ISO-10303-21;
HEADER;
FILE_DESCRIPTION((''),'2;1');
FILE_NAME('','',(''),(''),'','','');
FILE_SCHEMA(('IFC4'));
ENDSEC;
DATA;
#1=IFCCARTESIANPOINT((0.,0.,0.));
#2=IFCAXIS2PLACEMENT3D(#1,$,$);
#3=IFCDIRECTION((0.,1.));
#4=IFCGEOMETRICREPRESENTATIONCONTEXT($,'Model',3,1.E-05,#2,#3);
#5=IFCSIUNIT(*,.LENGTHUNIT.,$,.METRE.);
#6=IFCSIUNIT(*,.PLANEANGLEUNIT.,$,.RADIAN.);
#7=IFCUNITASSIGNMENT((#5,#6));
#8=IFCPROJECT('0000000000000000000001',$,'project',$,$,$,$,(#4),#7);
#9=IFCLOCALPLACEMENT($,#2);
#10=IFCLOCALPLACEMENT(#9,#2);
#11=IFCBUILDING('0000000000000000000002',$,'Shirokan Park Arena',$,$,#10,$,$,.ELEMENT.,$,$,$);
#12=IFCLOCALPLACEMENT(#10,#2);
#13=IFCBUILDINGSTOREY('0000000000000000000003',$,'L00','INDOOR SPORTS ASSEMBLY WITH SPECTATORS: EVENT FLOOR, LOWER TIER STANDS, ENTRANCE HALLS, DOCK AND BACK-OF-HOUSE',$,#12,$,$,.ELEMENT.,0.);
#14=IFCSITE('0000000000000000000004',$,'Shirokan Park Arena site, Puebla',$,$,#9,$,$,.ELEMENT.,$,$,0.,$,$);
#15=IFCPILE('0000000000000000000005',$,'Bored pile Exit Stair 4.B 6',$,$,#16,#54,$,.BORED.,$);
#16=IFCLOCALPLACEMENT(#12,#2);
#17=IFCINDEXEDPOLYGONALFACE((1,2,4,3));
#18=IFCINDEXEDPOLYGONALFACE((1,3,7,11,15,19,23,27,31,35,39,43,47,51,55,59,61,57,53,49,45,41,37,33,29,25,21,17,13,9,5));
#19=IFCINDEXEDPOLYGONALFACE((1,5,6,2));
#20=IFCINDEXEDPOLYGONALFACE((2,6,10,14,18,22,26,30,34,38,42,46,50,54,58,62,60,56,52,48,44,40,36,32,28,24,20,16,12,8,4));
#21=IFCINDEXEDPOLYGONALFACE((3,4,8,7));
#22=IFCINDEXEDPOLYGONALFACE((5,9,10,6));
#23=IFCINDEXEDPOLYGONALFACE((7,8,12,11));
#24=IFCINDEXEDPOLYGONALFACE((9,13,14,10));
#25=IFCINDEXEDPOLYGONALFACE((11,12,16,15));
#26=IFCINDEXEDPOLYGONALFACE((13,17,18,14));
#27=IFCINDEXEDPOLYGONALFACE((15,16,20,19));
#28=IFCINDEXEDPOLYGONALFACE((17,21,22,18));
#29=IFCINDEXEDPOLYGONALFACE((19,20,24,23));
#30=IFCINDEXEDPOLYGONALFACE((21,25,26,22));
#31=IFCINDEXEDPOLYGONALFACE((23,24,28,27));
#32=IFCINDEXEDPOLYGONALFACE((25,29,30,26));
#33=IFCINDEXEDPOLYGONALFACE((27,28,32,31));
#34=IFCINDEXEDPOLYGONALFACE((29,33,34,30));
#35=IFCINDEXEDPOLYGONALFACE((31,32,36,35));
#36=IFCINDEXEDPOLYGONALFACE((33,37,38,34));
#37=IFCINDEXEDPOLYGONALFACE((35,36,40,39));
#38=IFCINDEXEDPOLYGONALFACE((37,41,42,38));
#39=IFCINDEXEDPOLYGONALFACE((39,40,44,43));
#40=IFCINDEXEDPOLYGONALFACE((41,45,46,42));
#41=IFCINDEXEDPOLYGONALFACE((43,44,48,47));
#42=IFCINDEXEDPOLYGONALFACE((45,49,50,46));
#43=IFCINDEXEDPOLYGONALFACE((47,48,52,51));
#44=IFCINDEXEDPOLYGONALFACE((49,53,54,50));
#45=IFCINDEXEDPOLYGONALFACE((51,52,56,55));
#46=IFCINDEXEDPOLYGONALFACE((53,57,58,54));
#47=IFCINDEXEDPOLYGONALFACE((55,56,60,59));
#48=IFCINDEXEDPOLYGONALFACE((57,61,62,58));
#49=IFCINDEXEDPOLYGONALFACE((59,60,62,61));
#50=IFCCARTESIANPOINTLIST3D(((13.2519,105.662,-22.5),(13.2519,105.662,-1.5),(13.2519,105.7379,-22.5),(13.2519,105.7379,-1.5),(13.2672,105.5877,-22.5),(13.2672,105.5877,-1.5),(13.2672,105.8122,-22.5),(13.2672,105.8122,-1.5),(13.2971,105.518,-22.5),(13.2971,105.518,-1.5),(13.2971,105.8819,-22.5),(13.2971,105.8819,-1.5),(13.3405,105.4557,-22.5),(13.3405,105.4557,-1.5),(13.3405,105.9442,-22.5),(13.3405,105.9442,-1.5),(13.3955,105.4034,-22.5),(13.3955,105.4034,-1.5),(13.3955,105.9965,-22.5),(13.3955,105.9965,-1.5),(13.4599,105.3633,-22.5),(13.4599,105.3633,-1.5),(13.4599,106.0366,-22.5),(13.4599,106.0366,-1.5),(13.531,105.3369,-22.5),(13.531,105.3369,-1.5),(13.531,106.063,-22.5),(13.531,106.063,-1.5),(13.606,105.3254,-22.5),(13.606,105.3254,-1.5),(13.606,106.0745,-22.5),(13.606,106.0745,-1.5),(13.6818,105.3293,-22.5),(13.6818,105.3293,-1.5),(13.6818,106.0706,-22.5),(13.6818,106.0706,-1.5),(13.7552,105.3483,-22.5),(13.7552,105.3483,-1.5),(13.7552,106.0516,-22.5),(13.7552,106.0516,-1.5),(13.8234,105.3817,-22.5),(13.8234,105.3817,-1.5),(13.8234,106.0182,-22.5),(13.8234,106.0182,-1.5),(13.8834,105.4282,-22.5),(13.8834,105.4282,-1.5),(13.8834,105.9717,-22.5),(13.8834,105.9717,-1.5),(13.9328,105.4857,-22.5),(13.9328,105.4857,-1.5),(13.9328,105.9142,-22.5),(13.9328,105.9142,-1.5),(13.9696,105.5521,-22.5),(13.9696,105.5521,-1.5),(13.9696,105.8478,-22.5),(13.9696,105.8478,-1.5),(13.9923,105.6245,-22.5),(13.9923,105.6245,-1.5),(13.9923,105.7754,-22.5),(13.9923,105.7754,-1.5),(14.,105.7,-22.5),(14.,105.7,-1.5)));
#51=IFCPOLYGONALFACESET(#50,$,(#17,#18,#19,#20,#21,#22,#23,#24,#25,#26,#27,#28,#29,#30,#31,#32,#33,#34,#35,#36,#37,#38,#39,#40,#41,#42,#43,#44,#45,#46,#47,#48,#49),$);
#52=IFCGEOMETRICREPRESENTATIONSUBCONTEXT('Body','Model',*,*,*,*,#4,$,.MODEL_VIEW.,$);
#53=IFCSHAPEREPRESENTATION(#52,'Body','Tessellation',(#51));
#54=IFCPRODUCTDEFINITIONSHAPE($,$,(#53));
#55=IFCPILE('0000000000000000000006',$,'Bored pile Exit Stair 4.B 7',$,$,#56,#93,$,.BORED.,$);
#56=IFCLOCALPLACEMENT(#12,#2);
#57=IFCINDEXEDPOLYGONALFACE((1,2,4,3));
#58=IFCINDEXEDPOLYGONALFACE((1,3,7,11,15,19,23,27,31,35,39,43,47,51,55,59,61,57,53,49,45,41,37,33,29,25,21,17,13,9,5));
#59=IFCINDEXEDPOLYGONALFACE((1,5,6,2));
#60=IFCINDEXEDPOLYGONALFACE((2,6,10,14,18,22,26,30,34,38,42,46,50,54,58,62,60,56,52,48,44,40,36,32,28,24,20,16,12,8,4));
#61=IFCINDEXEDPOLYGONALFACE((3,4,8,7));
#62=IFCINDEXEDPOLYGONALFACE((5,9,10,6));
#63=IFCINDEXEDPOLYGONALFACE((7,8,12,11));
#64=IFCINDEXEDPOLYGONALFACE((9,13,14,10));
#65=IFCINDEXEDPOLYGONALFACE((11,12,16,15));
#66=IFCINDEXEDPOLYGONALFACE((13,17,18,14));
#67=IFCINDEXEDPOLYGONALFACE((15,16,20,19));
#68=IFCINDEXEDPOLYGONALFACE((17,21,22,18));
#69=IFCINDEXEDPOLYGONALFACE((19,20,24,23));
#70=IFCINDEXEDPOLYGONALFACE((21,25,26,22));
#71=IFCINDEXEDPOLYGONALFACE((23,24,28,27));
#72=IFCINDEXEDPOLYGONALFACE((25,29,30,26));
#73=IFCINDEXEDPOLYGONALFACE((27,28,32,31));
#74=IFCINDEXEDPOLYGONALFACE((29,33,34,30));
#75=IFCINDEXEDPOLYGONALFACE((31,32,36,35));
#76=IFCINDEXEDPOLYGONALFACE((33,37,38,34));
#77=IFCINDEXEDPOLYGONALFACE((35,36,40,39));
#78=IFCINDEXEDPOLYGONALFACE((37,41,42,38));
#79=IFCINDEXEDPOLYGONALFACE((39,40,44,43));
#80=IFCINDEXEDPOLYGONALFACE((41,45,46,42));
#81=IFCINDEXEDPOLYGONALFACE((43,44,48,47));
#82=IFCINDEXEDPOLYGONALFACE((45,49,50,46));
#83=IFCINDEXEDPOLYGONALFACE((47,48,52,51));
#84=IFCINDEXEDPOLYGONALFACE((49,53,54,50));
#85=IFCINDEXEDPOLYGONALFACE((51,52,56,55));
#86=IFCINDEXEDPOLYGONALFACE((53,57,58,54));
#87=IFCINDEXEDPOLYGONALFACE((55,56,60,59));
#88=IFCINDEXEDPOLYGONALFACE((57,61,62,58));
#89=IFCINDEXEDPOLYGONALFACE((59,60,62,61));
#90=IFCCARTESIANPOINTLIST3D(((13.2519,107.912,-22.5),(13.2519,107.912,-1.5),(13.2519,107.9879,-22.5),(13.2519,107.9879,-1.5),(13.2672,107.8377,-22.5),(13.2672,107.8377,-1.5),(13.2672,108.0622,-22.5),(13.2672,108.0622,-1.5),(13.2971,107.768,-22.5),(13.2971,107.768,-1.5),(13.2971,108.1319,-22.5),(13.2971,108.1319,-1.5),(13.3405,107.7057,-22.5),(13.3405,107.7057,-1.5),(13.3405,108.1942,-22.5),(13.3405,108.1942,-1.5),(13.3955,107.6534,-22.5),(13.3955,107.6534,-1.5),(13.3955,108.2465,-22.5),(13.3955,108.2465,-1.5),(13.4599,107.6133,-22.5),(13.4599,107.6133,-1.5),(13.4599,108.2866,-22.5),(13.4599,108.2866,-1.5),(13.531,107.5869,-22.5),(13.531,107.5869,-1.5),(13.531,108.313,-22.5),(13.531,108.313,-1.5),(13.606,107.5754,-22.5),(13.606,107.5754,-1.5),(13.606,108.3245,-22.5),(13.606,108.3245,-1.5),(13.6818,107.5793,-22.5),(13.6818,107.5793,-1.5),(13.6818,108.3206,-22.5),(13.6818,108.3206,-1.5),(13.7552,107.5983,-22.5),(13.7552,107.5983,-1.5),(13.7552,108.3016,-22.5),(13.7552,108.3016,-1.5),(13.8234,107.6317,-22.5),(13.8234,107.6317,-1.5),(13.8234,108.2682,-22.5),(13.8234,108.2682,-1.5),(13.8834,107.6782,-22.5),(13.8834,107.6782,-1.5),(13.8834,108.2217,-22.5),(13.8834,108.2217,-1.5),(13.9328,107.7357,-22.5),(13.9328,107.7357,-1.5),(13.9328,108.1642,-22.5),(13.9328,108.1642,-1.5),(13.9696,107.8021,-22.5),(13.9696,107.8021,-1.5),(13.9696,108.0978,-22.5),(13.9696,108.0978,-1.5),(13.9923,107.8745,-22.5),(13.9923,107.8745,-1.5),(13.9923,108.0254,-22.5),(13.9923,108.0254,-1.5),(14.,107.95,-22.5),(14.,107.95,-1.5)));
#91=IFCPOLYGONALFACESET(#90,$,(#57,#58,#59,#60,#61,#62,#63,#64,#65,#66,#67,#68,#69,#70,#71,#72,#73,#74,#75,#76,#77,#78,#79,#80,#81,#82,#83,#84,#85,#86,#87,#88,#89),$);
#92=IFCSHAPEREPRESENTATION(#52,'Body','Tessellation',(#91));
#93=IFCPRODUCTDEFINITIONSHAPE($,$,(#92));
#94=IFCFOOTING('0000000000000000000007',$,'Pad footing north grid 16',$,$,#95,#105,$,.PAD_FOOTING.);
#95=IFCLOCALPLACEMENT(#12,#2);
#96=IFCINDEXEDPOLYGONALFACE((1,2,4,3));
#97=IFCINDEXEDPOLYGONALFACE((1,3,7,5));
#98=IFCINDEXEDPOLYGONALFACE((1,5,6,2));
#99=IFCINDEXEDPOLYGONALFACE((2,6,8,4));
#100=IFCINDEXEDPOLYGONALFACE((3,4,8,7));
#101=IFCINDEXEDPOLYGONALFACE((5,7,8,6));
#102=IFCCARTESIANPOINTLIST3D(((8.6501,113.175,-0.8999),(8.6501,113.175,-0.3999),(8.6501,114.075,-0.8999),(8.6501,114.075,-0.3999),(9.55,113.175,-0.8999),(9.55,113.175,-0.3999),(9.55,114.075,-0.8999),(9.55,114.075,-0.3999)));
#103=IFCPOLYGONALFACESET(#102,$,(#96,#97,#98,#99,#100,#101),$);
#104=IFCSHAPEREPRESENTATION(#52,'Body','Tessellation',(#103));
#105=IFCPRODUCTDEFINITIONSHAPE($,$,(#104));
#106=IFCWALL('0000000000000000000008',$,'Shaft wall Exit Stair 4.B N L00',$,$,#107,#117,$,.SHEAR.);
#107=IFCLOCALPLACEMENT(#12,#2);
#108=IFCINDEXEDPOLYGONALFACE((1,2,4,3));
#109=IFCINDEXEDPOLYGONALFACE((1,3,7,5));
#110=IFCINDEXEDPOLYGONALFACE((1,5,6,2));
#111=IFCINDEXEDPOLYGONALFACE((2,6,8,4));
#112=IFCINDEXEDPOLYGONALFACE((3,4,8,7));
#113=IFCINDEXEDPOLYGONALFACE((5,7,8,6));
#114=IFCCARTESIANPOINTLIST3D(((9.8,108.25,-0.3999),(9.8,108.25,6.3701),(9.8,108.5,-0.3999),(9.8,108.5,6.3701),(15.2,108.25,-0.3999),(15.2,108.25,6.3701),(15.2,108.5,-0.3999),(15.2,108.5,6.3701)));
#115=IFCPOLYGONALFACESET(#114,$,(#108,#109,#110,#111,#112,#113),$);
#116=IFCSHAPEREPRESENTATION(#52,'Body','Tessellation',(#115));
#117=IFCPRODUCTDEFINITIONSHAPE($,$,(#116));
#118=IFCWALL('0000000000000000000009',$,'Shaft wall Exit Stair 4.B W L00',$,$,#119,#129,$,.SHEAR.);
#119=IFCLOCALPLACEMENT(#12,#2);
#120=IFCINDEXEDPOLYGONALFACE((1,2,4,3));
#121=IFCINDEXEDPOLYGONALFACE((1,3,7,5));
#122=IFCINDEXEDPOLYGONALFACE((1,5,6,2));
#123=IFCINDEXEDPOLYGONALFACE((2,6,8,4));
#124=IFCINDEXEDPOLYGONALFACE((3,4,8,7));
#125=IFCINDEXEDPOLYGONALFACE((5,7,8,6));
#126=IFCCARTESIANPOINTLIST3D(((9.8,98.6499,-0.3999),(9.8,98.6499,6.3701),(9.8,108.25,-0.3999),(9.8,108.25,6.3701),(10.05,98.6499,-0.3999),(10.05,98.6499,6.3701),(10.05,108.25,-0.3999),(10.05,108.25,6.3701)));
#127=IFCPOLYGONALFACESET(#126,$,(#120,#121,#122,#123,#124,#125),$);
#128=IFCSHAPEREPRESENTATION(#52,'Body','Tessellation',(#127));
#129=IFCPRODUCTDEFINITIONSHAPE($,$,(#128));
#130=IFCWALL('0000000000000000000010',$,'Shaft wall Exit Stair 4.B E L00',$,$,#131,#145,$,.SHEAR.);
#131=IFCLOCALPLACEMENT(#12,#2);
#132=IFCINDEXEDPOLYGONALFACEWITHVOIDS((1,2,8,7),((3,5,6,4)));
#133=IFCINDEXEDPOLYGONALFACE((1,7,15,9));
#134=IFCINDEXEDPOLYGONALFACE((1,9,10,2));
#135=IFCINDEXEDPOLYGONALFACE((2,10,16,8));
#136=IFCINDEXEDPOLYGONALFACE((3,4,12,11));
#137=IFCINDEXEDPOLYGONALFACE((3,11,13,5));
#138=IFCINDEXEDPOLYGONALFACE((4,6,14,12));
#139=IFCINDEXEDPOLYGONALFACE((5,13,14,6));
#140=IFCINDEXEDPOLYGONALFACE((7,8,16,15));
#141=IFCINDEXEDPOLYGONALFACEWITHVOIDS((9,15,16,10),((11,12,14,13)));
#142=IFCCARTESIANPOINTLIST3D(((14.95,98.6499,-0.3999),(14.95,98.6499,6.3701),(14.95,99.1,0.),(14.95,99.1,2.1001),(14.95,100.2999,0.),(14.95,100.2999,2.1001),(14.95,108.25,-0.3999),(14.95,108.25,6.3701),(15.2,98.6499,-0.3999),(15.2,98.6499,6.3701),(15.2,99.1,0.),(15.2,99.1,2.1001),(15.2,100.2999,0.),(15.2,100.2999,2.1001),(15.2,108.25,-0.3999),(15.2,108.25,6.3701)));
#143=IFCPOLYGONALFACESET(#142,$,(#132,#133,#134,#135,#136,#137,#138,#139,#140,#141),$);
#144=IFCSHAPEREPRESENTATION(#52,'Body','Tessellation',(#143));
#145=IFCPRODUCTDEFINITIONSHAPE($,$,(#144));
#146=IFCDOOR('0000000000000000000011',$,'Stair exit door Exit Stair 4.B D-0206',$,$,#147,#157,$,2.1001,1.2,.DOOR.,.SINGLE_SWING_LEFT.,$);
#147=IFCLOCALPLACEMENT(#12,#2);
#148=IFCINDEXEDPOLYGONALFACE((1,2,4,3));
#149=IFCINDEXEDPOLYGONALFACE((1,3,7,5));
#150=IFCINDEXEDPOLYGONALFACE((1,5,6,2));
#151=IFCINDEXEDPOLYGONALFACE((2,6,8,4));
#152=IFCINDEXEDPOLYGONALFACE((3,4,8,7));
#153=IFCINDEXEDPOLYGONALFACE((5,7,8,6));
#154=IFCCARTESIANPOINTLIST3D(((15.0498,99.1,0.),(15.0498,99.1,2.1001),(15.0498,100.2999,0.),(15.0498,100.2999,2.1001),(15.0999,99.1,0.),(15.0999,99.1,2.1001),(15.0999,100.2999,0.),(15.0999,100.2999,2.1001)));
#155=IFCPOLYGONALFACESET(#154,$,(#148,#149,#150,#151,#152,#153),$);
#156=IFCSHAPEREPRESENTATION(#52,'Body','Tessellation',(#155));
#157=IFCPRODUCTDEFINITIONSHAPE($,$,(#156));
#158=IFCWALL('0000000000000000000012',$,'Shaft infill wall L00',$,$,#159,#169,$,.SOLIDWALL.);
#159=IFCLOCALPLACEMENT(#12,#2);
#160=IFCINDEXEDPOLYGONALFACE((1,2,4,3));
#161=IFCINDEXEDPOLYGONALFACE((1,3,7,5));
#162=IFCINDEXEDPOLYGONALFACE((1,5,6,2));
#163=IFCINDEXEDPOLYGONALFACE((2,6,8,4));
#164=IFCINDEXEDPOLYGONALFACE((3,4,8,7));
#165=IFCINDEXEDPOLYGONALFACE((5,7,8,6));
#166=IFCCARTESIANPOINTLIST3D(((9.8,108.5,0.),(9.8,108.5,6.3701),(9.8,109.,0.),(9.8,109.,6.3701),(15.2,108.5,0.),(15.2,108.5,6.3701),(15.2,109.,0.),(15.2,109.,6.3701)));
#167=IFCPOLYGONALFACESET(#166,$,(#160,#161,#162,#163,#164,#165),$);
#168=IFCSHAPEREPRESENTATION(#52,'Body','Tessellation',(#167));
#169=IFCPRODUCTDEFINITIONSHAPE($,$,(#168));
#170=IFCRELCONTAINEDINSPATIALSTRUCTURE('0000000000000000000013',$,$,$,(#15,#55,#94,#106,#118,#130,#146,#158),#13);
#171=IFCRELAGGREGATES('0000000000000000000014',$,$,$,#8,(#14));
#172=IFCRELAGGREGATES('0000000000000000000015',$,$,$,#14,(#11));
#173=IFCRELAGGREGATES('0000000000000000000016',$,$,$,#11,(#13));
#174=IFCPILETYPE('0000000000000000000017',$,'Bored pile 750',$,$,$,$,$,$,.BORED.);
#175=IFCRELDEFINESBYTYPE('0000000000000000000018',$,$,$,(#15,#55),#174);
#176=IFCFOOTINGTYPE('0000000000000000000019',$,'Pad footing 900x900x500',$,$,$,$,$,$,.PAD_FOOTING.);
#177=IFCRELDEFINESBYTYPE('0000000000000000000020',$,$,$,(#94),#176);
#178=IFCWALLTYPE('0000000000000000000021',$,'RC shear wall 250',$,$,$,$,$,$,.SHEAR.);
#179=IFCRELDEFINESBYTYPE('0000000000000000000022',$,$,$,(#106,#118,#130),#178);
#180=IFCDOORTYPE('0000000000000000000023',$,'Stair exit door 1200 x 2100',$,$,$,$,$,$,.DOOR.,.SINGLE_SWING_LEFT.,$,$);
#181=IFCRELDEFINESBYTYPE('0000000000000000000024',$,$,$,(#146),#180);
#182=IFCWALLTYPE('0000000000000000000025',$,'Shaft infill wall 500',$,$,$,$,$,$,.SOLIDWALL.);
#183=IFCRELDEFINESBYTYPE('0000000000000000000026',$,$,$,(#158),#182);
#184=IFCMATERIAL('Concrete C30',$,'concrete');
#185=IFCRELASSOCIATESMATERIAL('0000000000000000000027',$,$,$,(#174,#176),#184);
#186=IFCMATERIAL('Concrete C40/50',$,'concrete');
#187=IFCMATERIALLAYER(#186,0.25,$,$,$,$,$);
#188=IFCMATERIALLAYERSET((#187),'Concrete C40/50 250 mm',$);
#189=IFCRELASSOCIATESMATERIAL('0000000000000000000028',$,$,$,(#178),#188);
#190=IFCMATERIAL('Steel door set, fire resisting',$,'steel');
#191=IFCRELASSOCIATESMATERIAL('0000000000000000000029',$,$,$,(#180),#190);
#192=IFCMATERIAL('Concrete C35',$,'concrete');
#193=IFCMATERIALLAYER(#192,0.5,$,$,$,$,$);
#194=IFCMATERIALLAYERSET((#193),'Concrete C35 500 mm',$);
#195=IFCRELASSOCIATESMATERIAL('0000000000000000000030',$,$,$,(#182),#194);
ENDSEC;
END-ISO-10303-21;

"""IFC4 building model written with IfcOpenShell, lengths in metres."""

from ifc_helpers import new_model, si_unit, direction, frame, frame_2d, origin, origin_2d, place, context, subcontext, project, spatial, rectangle, circle, extrude, material, layer, layer_set, material_profile, profile_set, type_object, element, fill, save


model = new_model("IFC4")

# Units and contexts
model_context = context("Model", 3, precision=1e-05, world=origin(), true_north=direction((0.0, 1.0)))
body_context = subcontext(model_context, "Body", "Model", "MODEL_VIEW")
ifc_project = project(units=[si_unit("LENGTHUNIT", "METRE"), si_unit("PLANEANGLEUNIT", "RADIAN")], contexts=[model_context])

# Site, building, storey
site_placement = place(None, origin())
site = spatial("IfcSite", under=ifc_project, at=site_placement, Name="Shirokan Park Arena site, Puebla", CompositionType="ELEMENT", RefElevation=0.0)
building_placement = place(site_placement, origin())
building = spatial("IfcBuilding", under=site, at=building_placement, Name="Shirokan Park Arena", CompositionType="ELEMENT")
storey_placement = place(building_placement, origin())
storey = spatial("IfcBuildingStorey", under=building, at=storey_placement, Name="L00", Description="INDOOR SPORTS ASSEMBLY WITH SPECTATORS: EVENT FLOOR, LOWER TIER STANDS, ENTRANCE HALLS, DOCK AND BACK-OF-HOUSE", CompositionType="ELEMENT", Elevation=0.0)

# Piles
ifc_material_1 = material(Name="Concrete C30", Category="concrete")
ifc_material_profile_1 = material_profile(ifc_material_1, circle(Radius=0.375, at=origin_2d()), Name="D750")
ifc_profile_set_1 = profile_set([ifc_material_profile_1], Name="Concrete C30")
pile_type_1 = type_object("IfcPileType", Name="Bored pile 750", PredefinedType="BORED", material=ifc_profile_set_1)
for number, where, z_axis, x_axis, name in (
    (1, (13.625, 105.7, -1.5), (0.0, 0.0, -1.0), (1.0, 0.0, 0.0), "Bored pile Exit Stair 4.B 6"),
    (2, (13.625, 107.95, -1.5), (0.0, 0.0, -1.0), (1.0, 0.0, 0.0), "Bored pile Exit Stair 4.B 7"),
):
    element("IfcPile", number, at=place(storey_placement, frame(where, z_axis=z_axis, x_axis=x_axis)), inside=storey, type_object=pile_type_1, Name=name, PredefinedType="BORED", context=body_context, shape_type="SweptSolid", body=[
        extrude(circle(Radius=0.375, at=origin_2d()), origin(), (0.0, 0.0, 1.0), 21.0),
    ])

# Footing
footing_type = type_object("IfcFootingType", Name="Pad footing 900x900x500", PredefinedType="PAD_FOOTING", material=ifc_material_1)
footing_placement = place(storey_placement, frame((9.1001, 113.625, -0.8999), z_axis=(0.0, 0.0, 1.0), x_axis=(1.0, 0.0, 0.0)))
element("IfcFooting", 3, at=footing_placement, inside=storey, type_object=footing_type, Name="Pad footing north grid 16", PredefinedType="PAD_FOOTING", context=body_context, shape_type="SweptSolid", body=[
    extrude(rectangle(XDim=0.8999, YDim=0.8999, at=origin_2d()), origin(), (0.0, 0.0, 1.0), 0.5),
])

# Walls
ifc_material_2 = material(Name="Concrete C40/50", Category="concrete")
ifc_layer_1 = layer(ifc_material_2, 0.25)
ifc_layer_set_1 = layer_set([ifc_layer_1], Name="Concrete C40/50 250 mm")
wall_type_1 = type_object("IfcWallType", Name="RC shear wall 250", PredefinedType="SHEAR", material=ifc_layer_set_1)
wall_1_placement = place(storey_placement, frame((15.2, 108.375, -0.3999), z_axis=(0.0, 0.0, 1.0), x_axis=(-1.0, 0.0, 0.0)))
element("IfcWall", 4, at=wall_1_placement, inside=storey, type_object=wall_type_1, Name="Shaft wall Exit Stair 4.B N L00", PredefinedType="SHEAR", context=body_context, shape_type="SweptSolid", body=[
    extrude(rectangle(XDim=5.3999, YDim=0.25, at=frame_2d((2.7, 0.0))), origin(), (0.0, 0.0, 1.0), 6.77),
])
wall_2_placement = place(storey_placement, frame((9.925, 108.25, -0.3999), z_axis=(0.0, 0.0, 1.0), x_axis=(0.0, -1.0, 0.0)))
element("IfcWall", 5, at=wall_2_placement, inside=storey, type_object=wall_type_1, Name="Shaft wall Exit Stair 4.B W L00", PredefinedType="SHEAR", context=body_context, shape_type="SweptSolid", body=[
    extrude(rectangle(XDim=9.6001, YDim=0.25, at=frame_2d((4.8, 0.0))), origin(), (0.0, 0.0, 1.0), 6.77),
])

# Wall, opening, door
wall_3_placement = place(storey_placement, frame((15.075, 108.25, -0.3999), z_axis=(0.0, 0.0, 1.0), x_axis=(0.0, -1.0, 0.0)))
wall_3 = element("IfcWall", 6, at=wall_3_placement, inside=storey, type_object=wall_type_1, Name="Shaft wall Exit Stair 4.B E L00", PredefinedType="SHEAR", context=body_context, shape_type="SweptSolid", body=[
    extrude(rectangle(XDim=9.6001, YDim=0.25, at=frame_2d((4.8, 0.0))), origin(), (0.0, 0.0, 1.0), 6.77),
])
opening_placement = place(wall_3_placement, frame((7.95, 0.0, 0.3999)))
opening = element("IfcOpeningElement", 7, at=opening_placement, cuts=wall_3, PredefinedType="OPENING", context=body_context, shape_type="SweptSolid", body=[
    extrude(rectangle(XDim=1.2, YDim=2.1001, at=frame_2d((0.6001, 1.05))), frame((0.0, 0.135, 0.0), z_axis=(0.0, -1.0, 0.0), x_axis=(1.0, 0.0, 0.0)), (0.0, 0.0, 1.0), 0.27),
])
ifc_material_3 = material(Name="Steel door set, fire resisting", Category="steel")
door_type = type_object("IfcDoorType", Name="Stair exit door 1200 x 2100", OperationType="SINGLE_SWING_LEFT", PredefinedType="DOOR", material=ifc_material_3)
door_placement = place(opening_placement, origin())
door = element("IfcDoor", 8, at=door_placement, inside=storey, type_object=door_type, Name="Stair exit door Exit Stair 4.B D-0206", OperationType="SINGLE_SWING_LEFT", OverallHeight=2.1001, OverallWidth=1.2, PredefinedType="DOOR", context=body_context, shape_type="SweptSolid", body=[
    extrude(rectangle(XDim=1.2, YDim=2.1001, at=frame_2d((0.6001, 1.05))), frame((0.0, 0.0249, 0.0), z_axis=(0.0, -1.0, 0.0), x_axis=(1.0, 0.0, 0.0)), (0.0, 0.0, 1.0), 0.05),
])
fill(opening, door)

# Wall
ifc_material_4 = material(Name="Concrete C35", Category="concrete")
ifc_layer_2 = layer(ifc_material_4, 0.5)
ifc_layer_set_2 = layer_set([ifc_layer_2], Name="Concrete C35 500 mm")
wall_type_2 = type_object("IfcWallType", Name="Shaft infill wall 500", PredefinedType="SOLIDWALL", material=ifc_layer_set_2)
wall_4_placement = place(storey_placement, frame((9.8, 108.75, 0.0), z_axis=(0.0, 0.0, 1.0), x_axis=(1.0, 0.0, 0.0)))
element("IfcWall", 9, at=wall_4_placement, inside=storey, type_object=wall_type_2, Name="Shaft infill wall L00", PredefinedType="SOLIDWALL", context=body_context, shape_type="SweptSolid", body=[
    extrude(rectangle(XDim=5.3999, YDim=0.5, at=frame_2d((2.7, 0.0))), origin(), (0.0, 0.0, 1.0), 6.3701),
])

save(model, "model.ifc")
